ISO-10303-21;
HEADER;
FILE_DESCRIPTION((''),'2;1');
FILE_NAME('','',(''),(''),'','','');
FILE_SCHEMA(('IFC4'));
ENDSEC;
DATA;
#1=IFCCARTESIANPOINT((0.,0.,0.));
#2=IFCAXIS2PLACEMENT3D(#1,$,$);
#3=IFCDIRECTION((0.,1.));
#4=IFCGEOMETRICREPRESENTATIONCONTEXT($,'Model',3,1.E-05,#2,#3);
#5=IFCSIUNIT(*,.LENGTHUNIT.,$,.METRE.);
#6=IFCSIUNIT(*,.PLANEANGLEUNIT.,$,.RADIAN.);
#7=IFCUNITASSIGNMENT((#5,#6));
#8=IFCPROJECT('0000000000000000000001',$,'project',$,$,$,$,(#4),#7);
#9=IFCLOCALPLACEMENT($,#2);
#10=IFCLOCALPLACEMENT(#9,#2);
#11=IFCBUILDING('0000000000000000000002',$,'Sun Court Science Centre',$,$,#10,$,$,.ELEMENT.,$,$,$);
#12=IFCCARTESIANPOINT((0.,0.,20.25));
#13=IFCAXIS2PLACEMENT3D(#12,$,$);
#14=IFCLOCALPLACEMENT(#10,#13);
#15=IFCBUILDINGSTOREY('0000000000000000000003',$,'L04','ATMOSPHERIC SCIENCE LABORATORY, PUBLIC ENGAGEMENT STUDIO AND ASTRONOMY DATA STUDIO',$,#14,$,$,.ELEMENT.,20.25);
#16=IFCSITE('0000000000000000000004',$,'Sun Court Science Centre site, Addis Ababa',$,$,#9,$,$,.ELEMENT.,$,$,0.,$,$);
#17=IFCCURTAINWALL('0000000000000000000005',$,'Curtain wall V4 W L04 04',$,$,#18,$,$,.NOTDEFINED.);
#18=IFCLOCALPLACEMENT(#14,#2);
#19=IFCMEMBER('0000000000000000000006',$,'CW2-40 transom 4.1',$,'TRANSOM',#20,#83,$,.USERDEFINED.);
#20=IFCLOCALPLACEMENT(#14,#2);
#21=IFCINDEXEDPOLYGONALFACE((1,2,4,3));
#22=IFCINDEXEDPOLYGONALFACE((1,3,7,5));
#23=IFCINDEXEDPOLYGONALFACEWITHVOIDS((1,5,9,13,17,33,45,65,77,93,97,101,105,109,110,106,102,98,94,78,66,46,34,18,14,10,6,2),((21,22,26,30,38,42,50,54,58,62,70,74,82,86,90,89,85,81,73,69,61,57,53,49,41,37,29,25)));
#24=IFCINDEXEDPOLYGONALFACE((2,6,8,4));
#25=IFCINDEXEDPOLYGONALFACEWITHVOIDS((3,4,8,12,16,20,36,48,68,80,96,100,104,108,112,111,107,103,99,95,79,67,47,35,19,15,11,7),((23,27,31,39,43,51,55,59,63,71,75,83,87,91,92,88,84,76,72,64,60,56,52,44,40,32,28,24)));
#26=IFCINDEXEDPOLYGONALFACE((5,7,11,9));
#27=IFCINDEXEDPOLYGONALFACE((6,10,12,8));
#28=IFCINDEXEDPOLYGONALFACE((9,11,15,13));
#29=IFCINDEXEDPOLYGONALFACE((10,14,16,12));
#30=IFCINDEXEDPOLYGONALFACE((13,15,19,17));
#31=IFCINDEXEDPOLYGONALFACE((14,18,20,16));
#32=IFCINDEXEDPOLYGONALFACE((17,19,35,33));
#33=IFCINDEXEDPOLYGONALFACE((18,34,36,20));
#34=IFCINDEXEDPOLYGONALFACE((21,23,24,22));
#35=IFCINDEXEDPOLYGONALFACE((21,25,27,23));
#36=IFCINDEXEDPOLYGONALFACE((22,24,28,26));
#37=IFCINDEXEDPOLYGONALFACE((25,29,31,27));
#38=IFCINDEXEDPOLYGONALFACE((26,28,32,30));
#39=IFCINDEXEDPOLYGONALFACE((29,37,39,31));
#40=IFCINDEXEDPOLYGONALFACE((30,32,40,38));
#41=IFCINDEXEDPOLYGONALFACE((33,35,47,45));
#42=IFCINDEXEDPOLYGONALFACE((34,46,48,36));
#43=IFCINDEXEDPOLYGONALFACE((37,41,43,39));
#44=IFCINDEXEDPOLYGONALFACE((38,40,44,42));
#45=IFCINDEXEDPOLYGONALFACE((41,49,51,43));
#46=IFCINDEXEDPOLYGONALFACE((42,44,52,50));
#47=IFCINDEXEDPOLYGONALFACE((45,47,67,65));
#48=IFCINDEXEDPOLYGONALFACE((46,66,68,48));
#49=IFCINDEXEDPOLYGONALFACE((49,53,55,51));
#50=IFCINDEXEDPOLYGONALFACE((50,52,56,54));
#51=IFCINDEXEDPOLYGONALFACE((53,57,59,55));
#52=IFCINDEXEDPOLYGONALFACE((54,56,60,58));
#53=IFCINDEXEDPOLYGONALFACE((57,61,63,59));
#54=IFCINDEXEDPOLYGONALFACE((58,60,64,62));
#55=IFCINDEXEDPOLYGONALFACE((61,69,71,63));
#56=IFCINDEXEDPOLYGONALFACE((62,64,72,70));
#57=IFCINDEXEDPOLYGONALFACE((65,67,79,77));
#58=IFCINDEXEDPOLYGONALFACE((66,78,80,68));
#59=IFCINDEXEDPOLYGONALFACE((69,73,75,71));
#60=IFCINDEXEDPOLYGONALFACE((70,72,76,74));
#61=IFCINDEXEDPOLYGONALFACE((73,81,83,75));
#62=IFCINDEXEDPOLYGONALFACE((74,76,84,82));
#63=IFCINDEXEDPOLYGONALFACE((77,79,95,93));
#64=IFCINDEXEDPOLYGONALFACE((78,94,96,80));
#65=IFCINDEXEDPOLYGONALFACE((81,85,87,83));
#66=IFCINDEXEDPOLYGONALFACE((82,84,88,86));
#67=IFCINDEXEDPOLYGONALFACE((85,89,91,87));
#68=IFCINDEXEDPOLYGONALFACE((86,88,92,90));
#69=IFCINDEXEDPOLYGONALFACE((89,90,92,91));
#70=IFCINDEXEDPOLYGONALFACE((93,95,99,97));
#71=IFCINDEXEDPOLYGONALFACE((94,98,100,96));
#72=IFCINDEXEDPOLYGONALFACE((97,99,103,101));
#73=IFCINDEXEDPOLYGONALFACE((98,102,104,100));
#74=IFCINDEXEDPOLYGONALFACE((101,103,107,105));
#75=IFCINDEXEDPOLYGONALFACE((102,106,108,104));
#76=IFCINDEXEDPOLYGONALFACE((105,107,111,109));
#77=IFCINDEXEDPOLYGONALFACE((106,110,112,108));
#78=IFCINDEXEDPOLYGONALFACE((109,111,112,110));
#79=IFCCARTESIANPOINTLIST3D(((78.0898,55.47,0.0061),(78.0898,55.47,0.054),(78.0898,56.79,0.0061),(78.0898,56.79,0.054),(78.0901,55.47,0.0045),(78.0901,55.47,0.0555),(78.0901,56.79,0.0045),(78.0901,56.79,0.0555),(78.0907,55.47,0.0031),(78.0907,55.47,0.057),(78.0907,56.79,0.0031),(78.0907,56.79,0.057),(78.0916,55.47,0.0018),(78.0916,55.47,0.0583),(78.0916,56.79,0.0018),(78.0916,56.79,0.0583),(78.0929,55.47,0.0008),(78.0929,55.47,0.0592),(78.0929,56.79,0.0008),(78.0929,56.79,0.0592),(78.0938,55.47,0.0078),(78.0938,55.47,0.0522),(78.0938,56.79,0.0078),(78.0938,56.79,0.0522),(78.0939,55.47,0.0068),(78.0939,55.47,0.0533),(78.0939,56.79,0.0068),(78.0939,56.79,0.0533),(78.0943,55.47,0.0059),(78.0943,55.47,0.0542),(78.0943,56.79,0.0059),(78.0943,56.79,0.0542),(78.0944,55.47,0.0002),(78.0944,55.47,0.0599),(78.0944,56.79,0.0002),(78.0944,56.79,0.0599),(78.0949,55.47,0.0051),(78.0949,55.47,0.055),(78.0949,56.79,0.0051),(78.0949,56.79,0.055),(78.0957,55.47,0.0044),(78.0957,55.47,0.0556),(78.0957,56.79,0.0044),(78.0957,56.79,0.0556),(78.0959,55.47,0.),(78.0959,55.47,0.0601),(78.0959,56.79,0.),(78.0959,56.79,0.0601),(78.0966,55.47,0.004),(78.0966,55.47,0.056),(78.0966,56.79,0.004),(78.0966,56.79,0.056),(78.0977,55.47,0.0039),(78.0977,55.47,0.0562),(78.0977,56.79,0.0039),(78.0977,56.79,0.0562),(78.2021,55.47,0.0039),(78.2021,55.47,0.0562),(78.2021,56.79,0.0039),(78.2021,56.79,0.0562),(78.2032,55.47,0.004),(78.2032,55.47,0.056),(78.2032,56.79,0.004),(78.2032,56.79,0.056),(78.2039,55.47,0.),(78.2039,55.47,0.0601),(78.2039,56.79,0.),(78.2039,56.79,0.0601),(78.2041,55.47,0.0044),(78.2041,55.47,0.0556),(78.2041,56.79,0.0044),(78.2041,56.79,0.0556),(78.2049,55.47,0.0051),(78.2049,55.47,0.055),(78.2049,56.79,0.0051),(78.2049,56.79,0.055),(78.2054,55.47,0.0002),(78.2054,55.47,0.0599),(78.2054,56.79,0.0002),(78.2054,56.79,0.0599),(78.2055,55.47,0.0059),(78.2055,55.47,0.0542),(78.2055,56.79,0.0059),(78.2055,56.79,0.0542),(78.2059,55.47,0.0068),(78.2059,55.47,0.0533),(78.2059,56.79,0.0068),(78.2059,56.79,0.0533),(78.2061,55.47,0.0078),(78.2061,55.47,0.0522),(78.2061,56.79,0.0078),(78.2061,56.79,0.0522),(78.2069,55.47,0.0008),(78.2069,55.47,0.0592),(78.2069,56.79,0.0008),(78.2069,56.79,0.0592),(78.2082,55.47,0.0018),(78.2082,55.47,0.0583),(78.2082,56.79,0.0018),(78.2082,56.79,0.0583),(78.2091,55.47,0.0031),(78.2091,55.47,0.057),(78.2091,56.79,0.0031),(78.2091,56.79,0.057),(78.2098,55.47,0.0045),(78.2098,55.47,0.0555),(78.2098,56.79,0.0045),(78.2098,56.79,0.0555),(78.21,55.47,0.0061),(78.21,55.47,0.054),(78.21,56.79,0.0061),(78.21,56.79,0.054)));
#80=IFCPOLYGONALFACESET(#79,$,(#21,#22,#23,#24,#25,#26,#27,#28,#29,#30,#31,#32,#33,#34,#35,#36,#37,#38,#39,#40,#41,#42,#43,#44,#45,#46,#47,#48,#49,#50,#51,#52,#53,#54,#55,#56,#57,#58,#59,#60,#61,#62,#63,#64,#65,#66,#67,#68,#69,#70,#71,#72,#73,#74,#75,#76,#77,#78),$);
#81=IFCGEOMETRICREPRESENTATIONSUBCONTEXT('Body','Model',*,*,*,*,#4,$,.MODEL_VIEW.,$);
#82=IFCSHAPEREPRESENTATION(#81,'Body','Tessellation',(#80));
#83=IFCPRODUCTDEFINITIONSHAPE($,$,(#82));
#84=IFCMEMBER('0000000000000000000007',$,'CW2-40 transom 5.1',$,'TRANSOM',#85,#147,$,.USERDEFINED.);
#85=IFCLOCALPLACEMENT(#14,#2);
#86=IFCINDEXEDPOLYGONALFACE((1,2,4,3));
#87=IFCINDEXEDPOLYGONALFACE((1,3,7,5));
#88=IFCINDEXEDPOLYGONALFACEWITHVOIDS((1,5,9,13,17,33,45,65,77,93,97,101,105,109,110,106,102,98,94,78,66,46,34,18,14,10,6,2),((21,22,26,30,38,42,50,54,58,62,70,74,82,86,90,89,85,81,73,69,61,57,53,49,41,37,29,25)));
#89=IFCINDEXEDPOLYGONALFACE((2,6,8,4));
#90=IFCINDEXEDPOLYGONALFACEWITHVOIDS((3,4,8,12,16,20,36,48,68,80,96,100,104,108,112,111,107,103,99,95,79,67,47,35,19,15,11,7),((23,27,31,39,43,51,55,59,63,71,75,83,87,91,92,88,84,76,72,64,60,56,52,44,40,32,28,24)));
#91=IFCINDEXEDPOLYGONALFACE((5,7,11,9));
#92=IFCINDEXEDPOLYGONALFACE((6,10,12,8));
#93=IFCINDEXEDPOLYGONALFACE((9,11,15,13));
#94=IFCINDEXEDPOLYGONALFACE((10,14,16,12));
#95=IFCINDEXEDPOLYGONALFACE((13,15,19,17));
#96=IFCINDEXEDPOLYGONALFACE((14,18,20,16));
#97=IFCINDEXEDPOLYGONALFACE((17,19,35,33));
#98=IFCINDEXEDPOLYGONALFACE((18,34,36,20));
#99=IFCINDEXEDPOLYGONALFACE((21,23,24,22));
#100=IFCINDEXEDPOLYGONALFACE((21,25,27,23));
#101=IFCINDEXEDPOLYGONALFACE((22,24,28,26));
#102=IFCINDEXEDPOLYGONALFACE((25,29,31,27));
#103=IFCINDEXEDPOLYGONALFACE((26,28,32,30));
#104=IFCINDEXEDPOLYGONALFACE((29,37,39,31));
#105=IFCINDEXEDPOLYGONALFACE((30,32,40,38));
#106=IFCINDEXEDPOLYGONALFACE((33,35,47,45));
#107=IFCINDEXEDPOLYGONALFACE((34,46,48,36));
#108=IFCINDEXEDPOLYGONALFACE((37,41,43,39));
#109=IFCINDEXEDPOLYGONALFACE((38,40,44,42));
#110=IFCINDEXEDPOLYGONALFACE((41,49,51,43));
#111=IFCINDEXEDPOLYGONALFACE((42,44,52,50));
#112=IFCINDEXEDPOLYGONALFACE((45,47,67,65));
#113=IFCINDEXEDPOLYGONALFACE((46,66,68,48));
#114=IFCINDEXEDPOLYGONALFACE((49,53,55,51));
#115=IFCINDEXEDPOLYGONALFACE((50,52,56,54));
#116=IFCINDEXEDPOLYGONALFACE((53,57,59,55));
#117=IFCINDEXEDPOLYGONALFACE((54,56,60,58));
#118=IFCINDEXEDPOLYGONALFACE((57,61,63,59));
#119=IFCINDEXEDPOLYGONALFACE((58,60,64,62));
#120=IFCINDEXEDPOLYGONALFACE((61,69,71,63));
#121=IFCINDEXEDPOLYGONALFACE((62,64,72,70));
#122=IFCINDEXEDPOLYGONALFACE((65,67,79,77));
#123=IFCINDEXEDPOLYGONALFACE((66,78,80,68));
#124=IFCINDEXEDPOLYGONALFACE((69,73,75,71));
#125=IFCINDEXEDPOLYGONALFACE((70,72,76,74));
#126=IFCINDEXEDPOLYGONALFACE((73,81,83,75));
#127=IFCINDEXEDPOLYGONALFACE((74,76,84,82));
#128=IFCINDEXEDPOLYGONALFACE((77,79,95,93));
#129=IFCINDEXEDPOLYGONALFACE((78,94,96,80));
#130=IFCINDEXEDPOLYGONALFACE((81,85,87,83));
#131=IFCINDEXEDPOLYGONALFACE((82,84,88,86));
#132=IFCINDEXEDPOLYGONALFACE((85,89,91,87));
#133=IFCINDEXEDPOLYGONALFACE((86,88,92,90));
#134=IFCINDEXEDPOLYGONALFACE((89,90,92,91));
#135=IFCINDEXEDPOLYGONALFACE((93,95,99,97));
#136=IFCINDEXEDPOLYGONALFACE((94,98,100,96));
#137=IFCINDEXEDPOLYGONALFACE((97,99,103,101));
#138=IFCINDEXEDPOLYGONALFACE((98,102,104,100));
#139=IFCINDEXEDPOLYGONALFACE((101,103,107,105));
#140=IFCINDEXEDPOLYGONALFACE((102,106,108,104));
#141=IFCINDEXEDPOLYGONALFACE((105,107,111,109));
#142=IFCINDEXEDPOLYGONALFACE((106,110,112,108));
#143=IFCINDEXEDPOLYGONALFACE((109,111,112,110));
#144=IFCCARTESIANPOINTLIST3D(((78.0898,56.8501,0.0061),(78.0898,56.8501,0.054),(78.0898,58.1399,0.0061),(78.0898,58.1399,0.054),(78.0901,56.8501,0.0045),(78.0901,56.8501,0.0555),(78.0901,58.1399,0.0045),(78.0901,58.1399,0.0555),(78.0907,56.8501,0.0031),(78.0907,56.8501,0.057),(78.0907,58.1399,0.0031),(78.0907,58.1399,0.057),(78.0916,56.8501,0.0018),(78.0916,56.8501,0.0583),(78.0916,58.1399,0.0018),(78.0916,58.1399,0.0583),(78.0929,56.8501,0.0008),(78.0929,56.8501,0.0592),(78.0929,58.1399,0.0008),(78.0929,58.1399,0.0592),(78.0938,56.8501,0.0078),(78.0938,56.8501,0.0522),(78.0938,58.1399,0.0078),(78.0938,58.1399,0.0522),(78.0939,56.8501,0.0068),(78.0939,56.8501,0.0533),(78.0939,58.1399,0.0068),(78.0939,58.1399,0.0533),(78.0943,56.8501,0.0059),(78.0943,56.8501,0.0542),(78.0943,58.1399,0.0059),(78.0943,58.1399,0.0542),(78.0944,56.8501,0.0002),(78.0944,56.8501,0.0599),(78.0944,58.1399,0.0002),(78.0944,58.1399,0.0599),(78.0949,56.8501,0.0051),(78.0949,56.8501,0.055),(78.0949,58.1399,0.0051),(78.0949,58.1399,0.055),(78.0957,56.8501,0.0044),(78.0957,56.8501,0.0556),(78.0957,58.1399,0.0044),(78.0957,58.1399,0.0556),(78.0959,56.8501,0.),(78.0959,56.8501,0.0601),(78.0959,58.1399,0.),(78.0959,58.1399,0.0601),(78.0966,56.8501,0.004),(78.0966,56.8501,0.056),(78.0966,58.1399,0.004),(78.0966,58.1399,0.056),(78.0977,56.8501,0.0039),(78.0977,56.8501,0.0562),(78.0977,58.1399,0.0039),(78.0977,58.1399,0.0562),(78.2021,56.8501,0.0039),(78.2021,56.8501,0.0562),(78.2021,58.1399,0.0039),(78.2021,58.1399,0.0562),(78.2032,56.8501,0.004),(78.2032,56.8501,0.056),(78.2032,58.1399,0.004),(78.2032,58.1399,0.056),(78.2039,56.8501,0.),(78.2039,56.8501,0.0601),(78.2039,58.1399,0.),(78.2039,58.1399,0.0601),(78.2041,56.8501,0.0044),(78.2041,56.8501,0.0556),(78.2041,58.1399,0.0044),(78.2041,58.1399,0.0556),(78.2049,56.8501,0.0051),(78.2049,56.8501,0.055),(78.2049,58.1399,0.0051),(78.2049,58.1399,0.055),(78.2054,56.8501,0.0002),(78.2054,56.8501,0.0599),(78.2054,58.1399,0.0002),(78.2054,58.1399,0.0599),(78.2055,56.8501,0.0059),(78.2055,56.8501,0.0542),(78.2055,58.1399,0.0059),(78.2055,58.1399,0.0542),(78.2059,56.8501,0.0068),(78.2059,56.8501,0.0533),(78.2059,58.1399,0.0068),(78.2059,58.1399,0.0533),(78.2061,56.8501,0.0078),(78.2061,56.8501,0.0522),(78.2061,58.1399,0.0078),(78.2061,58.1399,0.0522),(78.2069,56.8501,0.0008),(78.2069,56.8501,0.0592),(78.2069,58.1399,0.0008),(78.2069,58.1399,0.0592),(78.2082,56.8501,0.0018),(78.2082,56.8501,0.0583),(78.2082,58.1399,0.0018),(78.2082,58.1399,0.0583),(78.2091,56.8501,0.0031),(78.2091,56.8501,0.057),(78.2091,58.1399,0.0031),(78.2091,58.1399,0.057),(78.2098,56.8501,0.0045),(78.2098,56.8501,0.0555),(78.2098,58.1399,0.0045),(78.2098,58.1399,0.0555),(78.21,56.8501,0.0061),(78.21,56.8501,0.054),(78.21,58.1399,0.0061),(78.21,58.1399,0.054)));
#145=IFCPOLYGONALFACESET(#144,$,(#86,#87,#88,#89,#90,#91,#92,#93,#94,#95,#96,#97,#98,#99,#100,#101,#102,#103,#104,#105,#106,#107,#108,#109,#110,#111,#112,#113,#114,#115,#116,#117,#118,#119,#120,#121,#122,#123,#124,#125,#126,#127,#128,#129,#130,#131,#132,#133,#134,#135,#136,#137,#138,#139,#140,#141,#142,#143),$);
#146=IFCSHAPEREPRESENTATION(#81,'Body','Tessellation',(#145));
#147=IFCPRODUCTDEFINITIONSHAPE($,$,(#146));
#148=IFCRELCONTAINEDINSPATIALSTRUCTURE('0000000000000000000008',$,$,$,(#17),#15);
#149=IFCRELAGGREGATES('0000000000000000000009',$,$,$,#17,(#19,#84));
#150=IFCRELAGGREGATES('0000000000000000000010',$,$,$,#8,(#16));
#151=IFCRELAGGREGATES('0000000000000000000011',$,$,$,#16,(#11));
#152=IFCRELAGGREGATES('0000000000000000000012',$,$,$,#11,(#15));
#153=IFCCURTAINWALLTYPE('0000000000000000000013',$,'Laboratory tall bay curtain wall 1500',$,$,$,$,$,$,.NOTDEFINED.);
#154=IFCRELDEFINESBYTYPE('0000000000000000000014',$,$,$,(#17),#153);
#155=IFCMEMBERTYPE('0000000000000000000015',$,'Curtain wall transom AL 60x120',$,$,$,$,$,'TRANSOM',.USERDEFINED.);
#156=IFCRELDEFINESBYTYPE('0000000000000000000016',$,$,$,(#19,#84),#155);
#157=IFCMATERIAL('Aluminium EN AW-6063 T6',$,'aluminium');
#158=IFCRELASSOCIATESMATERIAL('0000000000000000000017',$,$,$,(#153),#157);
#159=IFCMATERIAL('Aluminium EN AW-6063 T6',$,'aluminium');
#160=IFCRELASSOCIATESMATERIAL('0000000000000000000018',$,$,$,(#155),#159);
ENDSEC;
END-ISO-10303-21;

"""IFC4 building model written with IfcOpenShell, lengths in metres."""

from ifc_helpers import new_model, si_unit, direction, frame, origin, origin_2d, place, context, subcontext, project, spatial, hollow_rectangle, extrude, material, material_profile, profile_set, type_object, element, aggregate, save


model = new_model("IFC4")

# Units and contexts
model_context = context("Model", 3, precision=1e-05, world=origin(), true_north=direction((0.0, 1.0)))
body_context = subcontext(model_context, "Body", "Model", "MODEL_VIEW")
ifc_project = project(units=[si_unit("LENGTHUNIT", "METRE"), si_unit("PLANEANGLEUNIT", "RADIAN")], contexts=[model_context])

# Site, building, storey
site_placement = place(None, origin())
site = spatial("IfcSite", under=ifc_project, at=site_placement, Name="Sun Court Science Centre site, Addis Ababa", CompositionType="ELEMENT", RefElevation=0.0)
building_placement = place(site_placement, origin())
building = spatial("IfcBuilding", under=site, at=building_placement, Name="Sun Court Science Centre", CompositionType="ELEMENT")
storey_placement = place(building_placement, frame((0.0, 0.0, 20.25)))
storey = spatial("IfcBuildingStorey", under=building, at=storey_placement, Name="L04", Description="ATMOSPHERIC SCIENCE LABORATORY, PUBLIC ENGAGEMENT STUDIO AND ASTRONOMY DATA STUDIO", CompositionType="ELEMENT", Elevation=20.25)

# Curtain wall
ifc_material_1 = material(Name="Aluminium EN AW-6063 T6", Category="aluminium")
curtain_wall_type = type_object("IfcCurtainWallType", Name="Laboratory tall bay curtain wall 1500", PredefinedType="NOTDEFINED", material=ifc_material_1)
curtain_wall_1_placement = place(storey_placement, origin())
curtain_wall_1 = element("IfcCurtainWall", 1, at=curtain_wall_1_placement, inside=storey, type_object=curtain_wall_type, Name="Curtain wall V4 W L04 04", PredefinedType="NOTDEFINED")

# Members
ifc_material_2 = material(Name="Aluminium EN AW-6063 T6", Category="aluminium")
ifc_material_profile_1 = material_profile(ifc_material_2, hollow_rectangle(XDim=0.0601, YDim=0.1201, WallThickness=0.0039, InnerFilletRadius=0.0039, OuterFilletRadius=0.0061, at=origin_2d()), Name="AL 60x120x4")
ifc_profile_set_1 = profile_set([ifc_material_profile_1], Name="Aluminium EN AW-6063 T6")
member_type_1 = type_object("IfcMemberType", Name="Curtain wall transom AL 60x120", ElementType="TRANSOM", PredefinedType="USERDEFINED", material=ifc_profile_set_1)
member_1_placement = place(storey_placement, frame((78.1499, 55.47, 0.03), z_axis=(0.0, 1.0, 0.0), x_axis=(0.0, 0.0, 1.0)))
member_1 = element("IfcMember", 2, at=member_1_placement, type_object=member_type_1, Name="CW2-40 transom 4.1", ObjectType="TRANSOM", PredefinedType="USERDEFINED", context=body_context, shape_type="SweptSolid", body=[
    extrude(hollow_rectangle(XDim=0.0601, YDim=0.1201, WallThickness=0.0039, InnerFilletRadius=0.0039, OuterFilletRadius=0.0061, at=origin_2d()), origin(), (0.0, 0.0, 1.0), 1.3201),
])
member_2_placement = place(storey_placement, frame((78.1499, 56.8501, 0.03), z_axis=(0.0, 1.0, 0.0), x_axis=(0.0, 0.0, 1.0)))
member_2 = element("IfcMember", 3, at=member_2_placement, type_object=member_type_1, Name="CW2-40 transom 5.1", ObjectType="TRANSOM", PredefinedType="USERDEFINED", context=body_context, shape_type="SweptSolid", body=[
    extrude(hollow_rectangle(XDim=0.0601, YDim=0.1201, WallThickness=0.0039, InnerFilletRadius=0.0039, OuterFilletRadius=0.0061, at=origin_2d()), origin(), (0.0, 0.0, 1.0), 1.2898),
])

aggregate(curtain_wall_1, [member_1, member_2])

save(model, "model.ifc")
